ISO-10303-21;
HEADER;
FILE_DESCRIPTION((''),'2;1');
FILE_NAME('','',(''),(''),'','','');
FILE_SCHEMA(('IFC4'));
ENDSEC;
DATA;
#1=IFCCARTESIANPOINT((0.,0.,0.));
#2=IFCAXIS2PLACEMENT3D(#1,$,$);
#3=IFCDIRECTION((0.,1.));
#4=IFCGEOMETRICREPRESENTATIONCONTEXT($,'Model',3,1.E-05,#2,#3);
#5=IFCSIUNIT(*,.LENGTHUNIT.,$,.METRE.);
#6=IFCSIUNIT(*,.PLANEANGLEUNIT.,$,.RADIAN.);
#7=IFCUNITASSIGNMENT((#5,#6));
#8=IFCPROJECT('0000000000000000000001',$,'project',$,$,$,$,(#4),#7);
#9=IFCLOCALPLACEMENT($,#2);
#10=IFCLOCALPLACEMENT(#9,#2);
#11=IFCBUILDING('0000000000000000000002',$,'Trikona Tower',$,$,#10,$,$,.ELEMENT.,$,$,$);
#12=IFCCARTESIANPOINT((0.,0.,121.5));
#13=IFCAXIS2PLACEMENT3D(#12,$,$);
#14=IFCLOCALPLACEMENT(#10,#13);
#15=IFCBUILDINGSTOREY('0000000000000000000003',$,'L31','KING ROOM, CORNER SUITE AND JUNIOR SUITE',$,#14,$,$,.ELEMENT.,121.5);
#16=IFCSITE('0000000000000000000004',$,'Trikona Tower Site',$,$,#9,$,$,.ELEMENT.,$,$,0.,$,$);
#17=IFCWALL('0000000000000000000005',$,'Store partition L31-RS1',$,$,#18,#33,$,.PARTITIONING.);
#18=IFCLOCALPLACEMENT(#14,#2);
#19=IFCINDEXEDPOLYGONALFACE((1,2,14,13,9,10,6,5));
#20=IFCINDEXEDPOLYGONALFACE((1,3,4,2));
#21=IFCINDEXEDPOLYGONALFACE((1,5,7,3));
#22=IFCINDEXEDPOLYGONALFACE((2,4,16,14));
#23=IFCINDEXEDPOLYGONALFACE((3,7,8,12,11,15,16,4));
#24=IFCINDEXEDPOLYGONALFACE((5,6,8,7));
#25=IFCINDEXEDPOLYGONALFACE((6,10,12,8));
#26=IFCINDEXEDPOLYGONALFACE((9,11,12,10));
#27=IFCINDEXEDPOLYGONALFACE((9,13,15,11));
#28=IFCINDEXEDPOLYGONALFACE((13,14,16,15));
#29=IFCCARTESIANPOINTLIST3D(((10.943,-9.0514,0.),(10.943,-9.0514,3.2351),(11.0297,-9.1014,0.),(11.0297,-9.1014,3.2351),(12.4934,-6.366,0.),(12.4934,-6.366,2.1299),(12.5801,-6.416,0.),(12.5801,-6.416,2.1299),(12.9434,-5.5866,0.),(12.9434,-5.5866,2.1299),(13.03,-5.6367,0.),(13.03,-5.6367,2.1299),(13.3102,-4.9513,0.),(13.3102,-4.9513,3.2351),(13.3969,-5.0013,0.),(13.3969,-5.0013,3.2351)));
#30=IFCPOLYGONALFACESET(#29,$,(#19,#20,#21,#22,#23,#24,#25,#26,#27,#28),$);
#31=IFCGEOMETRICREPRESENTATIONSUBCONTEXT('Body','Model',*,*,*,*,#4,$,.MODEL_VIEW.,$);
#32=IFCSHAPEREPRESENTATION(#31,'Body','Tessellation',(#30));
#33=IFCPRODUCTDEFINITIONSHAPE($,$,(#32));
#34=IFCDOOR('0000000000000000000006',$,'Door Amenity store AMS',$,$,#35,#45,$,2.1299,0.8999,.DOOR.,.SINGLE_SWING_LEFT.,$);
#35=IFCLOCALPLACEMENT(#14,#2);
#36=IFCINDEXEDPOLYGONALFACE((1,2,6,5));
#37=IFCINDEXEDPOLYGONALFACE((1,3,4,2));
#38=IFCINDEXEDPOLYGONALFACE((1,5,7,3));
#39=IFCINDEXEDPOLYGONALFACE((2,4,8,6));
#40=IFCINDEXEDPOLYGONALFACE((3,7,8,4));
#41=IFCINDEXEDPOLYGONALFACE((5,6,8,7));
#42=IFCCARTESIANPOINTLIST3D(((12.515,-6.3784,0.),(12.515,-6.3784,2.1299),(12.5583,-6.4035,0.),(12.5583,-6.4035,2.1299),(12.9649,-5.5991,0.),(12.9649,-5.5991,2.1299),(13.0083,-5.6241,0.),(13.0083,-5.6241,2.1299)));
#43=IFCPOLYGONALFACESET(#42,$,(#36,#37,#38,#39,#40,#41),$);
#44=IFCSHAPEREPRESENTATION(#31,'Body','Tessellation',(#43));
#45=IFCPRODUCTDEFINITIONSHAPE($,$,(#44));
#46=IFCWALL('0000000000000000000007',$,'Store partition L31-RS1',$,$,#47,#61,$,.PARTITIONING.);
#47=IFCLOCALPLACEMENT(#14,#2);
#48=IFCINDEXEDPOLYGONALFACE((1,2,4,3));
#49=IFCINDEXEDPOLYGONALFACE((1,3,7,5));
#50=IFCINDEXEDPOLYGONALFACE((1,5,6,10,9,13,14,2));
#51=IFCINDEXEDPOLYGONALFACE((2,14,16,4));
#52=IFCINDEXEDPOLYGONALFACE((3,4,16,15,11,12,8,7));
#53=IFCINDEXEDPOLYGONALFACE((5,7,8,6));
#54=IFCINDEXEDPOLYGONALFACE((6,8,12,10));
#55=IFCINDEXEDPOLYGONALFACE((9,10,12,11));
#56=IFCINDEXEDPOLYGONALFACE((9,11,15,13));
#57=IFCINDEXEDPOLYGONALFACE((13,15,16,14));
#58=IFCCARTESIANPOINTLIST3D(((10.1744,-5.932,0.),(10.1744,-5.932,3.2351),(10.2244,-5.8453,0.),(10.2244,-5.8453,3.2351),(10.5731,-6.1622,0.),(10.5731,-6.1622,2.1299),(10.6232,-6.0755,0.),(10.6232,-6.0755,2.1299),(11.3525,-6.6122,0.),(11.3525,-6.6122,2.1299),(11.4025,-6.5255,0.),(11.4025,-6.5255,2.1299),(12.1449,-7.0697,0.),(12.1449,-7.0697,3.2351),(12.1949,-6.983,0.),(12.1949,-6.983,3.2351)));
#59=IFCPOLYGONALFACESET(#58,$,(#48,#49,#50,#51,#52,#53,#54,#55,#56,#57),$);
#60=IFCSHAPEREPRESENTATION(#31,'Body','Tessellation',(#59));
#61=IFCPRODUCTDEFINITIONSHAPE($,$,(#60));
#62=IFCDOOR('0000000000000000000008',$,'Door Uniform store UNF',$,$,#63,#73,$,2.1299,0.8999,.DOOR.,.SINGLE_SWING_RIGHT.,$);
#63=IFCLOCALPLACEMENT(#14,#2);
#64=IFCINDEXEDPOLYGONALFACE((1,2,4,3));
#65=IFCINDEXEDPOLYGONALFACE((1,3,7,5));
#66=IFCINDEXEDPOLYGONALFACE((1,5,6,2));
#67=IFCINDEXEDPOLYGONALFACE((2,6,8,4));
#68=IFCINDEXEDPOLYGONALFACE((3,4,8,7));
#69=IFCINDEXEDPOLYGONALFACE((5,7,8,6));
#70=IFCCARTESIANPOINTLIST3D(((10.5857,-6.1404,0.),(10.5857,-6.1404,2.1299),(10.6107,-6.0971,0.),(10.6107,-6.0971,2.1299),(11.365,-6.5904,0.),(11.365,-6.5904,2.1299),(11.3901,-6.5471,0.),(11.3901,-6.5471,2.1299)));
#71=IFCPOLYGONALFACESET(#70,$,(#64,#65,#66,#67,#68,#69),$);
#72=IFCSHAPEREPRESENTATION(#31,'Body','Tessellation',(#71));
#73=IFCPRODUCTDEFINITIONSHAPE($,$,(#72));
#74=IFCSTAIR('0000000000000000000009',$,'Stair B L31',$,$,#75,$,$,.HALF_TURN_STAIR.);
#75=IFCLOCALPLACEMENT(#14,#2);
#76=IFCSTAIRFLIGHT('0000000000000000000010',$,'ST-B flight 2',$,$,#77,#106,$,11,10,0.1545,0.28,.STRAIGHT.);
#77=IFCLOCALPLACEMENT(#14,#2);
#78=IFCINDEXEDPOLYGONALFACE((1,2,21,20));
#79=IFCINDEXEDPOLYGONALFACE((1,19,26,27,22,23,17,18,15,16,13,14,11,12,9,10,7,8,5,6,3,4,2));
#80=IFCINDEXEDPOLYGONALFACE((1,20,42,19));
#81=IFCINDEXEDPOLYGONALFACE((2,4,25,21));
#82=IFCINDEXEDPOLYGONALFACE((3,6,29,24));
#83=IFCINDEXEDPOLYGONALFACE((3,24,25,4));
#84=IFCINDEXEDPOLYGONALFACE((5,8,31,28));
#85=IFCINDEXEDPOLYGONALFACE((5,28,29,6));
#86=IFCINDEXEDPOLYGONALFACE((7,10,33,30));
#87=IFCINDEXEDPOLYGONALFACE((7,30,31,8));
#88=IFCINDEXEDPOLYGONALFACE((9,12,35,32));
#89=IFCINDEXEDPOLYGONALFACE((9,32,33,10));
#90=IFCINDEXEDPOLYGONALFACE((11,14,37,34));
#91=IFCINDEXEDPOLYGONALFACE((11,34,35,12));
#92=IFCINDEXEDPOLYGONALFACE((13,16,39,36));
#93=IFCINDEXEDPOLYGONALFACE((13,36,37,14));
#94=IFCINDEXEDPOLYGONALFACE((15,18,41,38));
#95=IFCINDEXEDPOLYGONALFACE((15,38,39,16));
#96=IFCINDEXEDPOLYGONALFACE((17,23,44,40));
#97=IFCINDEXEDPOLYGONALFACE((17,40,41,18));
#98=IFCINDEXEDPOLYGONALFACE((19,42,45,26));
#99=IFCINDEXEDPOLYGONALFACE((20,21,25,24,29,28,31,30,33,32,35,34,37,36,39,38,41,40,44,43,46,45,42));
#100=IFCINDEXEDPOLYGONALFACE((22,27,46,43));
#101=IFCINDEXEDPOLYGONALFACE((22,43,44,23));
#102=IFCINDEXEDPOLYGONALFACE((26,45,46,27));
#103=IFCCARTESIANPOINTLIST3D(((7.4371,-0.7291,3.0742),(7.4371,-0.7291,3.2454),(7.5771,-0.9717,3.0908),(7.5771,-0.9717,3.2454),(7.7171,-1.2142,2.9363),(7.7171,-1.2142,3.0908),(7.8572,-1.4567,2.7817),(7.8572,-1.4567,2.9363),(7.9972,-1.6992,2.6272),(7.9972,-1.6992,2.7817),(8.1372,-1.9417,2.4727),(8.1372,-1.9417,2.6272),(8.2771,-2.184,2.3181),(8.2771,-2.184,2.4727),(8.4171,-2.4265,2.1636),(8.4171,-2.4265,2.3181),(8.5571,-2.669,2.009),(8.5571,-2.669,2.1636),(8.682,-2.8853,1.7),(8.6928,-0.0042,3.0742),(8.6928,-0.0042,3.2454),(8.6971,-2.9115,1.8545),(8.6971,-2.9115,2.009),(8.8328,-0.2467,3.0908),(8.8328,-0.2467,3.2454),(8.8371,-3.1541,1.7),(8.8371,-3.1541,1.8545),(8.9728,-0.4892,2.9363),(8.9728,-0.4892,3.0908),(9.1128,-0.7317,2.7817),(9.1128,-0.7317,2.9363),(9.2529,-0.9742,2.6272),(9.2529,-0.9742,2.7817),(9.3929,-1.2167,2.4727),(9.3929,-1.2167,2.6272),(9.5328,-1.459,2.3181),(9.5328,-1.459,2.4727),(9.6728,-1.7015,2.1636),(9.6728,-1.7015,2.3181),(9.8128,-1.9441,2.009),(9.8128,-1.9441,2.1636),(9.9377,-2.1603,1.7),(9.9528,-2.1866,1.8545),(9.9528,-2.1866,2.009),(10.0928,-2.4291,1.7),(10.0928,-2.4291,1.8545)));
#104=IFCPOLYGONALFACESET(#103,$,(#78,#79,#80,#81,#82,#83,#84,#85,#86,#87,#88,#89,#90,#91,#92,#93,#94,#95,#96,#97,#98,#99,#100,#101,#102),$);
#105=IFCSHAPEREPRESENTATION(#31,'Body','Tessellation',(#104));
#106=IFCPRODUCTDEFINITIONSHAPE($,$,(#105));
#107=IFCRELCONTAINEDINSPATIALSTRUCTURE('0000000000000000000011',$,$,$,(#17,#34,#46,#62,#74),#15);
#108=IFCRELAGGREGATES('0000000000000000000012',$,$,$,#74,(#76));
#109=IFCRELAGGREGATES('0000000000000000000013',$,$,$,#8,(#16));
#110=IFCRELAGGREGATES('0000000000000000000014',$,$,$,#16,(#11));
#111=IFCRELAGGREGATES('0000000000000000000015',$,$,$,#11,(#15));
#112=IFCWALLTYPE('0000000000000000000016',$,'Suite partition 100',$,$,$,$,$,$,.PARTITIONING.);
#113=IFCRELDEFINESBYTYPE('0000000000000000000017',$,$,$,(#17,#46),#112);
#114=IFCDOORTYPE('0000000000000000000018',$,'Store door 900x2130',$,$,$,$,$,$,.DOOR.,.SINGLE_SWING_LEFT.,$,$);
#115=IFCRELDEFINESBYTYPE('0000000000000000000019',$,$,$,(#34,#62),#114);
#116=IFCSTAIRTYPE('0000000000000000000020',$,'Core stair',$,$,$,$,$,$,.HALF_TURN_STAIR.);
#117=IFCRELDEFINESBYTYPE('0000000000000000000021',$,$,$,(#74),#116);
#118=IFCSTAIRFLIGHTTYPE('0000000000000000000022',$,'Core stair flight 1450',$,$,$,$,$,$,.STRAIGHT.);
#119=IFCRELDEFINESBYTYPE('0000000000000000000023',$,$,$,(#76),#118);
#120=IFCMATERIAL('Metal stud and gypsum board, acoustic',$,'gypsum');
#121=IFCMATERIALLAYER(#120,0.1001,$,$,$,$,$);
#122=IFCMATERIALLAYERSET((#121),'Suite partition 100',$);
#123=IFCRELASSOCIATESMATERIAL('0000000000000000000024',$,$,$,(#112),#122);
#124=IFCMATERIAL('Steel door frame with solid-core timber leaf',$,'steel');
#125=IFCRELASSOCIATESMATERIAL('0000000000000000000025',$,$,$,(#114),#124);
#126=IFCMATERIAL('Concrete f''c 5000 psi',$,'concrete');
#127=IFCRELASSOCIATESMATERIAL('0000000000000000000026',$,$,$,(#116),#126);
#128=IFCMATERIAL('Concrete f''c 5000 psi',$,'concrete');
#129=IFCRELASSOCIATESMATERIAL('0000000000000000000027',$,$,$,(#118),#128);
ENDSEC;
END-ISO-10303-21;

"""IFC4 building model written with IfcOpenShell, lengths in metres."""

from ifc_helpers import new_model, si_unit, direction, frame, frame_2d, origin, place, context, subcontext, project, spatial, polyline, rectangle, outline, extrude, material, layer, layer_set, type_object, element, fill, aggregate, save


model = new_model("IFC4")

# Units and contexts
model_context = context("Model", 3, precision=1e-05, world=origin(), true_north=direction((0.0, 1.0)))
body_context = subcontext(model_context, "Body", "Model", "MODEL_VIEW")
ifc_project = project(units=[si_unit("LENGTHUNIT", "METRE"), si_unit("PLANEANGLEUNIT", "RADIAN")], contexts=[model_context])

# Site, building, storey
site_placement = place(None, origin())
site = spatial("IfcSite", under=ifc_project, at=site_placement, Name="Trikona Tower Site", CompositionType="ELEMENT", RefElevation=0.0)
building_placement = place(site_placement, origin())
building = spatial("IfcBuilding", under=site, at=building_placement, Name="Trikona Tower", CompositionType="ELEMENT")
storey_placement = place(building_placement, frame((0.0, 0.0, 121.5)))
storey = spatial("IfcBuildingStorey", under=building, at=storey_placement, Name="L31", Description="KING ROOM, CORNER SUITE AND JUNIOR SUITE", CompositionType="ELEMENT", Elevation=121.5)

# Walls, openings, doors
ifc_material_1 = material(Name="Metal stud and gypsum board, acoustic", Category="gypsum")
ifc_layer_1 = layer(ifc_material_1, 0.1001)
ifc_layer_set_1 = layer_set([ifc_layer_1], Name="Suite partition 100")
wall_type_1 = type_object("IfcWallType", Name="Suite partition 100", PredefinedType="PARTITIONING", material=ifc_layer_set_1)
wall_1_placement = place(storey_placement, frame((13.3535, -4.9763, 0.0), z_axis=(0.0, 0.0, 1.0), x_axis=(-0.499999, -0.866026, 0.0)))
wall_1 = element("IfcWall", 1, at=wall_1_placement, inside=storey, type_object=wall_type_1, Name="Store partition L31-RS1", PredefinedType="PARTITIONING", context=body_context, shape_type="SweptSolid", body=[
    extrude(rectangle(XDim=4.7344, YDim=0.1001, at=frame_2d((2.3672, 0.0))), origin(), (0.0, 0.0, 1.0), 3.2351),
])
opening_1_placement = place(wall_1_placement, frame((0.7336, 0.0, 0.0)))
opening_1 = element("IfcOpeningElement", 2, at=opening_1_placement, cuts=wall_1, PredefinedType="OPENING", context=body_context, shape_type="SweptSolid", body=[
    extrude(rectangle(XDim=0.8999, YDim=2.1299, at=frame_2d((0.45, 1.0649))), frame((0.0, 0.0601, 0.0), z_axis=(0.0, -1.0, 0.0), x_axis=(1.0, 0.0, 0.0)), (0.0, 0.0, 1.0), 0.1201),
])
ifc_material_2 = material(Name="Steel door frame with solid-core timber leaf", Category="steel")
door_type_1 = type_object("IfcDoorType", Name="Store door 900x2130", OperationType="SINGLE_SWING_LEFT", PredefinedType="DOOR", material=ifc_material_2)
door_1_placement = place(opening_1_placement, origin())
door_1 = element("IfcDoor", 3, at=door_1_placement, inside=storey, type_object=door_type_1, Name="Door Amenity store AMS", OperationType="SINGLE_SWING_LEFT", OverallHeight=2.1299, OverallWidth=0.8999, PredefinedType="DOOR", context=body_context, shape_type="SweptSolid", body=[
    extrude(rectangle(XDim=0.8999, YDim=2.1299, at=frame_2d((0.45, 1.0649))), frame((0.0, 0.0249, 0.0), z_axis=(0.0, -1.0, 0.0), x_axis=(1.0, 0.0, 0.0)), (0.0, 0.0, 1.0), 0.05),
])
fill(opening_1, door_1)
wall_2_placement = place(storey_placement, frame((12.1699, -7.0264, 0.0), z_axis=(0.0, 0.0, 1.0), x_axis=(-0.866016, 0.500017, 0.0)))
wall_2 = element("IfcWall", 4, at=wall_2_placement, inside=storey, type_object=wall_type_1, Name="Store partition L31-RS1", PredefinedType="PARTITIONING", context=body_context, shape_type="SweptSolid", body=[
    extrude(rectangle(XDim=2.2754, YDim=0.1001, at=frame_2d((1.1377, 0.0))), origin(), (0.0, 0.0, 1.0), 3.2351),
])
opening_2_placement = place(wall_2_placement, frame((0.915, 0.0, 0.0)))
opening_2 = element("IfcOpeningElement", 5, at=opening_2_placement, cuts=wall_2, PredefinedType="OPENING", context=body_context, shape_type="SweptSolid", body=[
    extrude(rectangle(XDim=0.8999, YDim=2.1299, at=frame_2d((0.45, 1.0649))), frame((0.0, 0.0601, 0.0), z_axis=(0.0, -1.0, 0.0), x_axis=(1.0, 0.0, 0.0)), (0.0, 0.0, 1.0), 0.1201),
])
door_2_placement = place(opening_2_placement, origin())
door_2 = element("IfcDoor", 6, at=door_2_placement, inside=storey, type_object=door_type_1, Name="Door Uniform store UNF", OperationType="SINGLE_SWING_RIGHT", OverallHeight=2.1299, OverallWidth=0.8999, PredefinedType="DOOR", context=body_context, shape_type="SweptSolid", body=[
    extrude(rectangle(XDim=0.8999, YDim=2.1299, at=frame_2d((0.45, 1.0649))), frame((0.0, 0.0249, 0.0), z_axis=(0.0, -1.0, 0.0), x_axis=(1.0, 0.0, 0.0)), (0.0, 0.0, 1.0), 0.05),
])
fill(opening_2, door_2)

# Stair, stair flight
ifc_material_3 = material(Name="Concrete f'c 5000 psi", Category="concrete")
stair_type = type_object("IfcStairType", Name="Core stair", PredefinedType="HALF_TURN_STAIR", material=ifc_material_3)
stair_placement = place(storey_placement, origin())
stair = element("IfcStair", 7, at=stair_placement, inside=storey, type_object=stair_type, Name="Stair B L31", PredefinedType="HALF_TURN_STAIR")
ifc_material_4 = material(Name="Concrete f'c 5000 psi", Category="concrete")
stair_flight_type = type_object("IfcStairFlightType", Name="Core stair flight 1450", PredefinedType="STRAIGHT", material=ifc_material_4)
stair_flight_placement = place(storey_placement, frame((9.4651, -2.7915, 1.7), z_axis=(0.0, 0.0, 1.0), x_axis=(-0.5, 0.866025, 0.0)))
stair_flight = element("IfcStairFlight", 8, at=stair_flight_placement, type_object=stair_flight_type, Name="ST-B flight 2", NumberOfRisers=11, NumberOfTreads=10, PredefinedType="STRAIGHT", RiserHeight=0.1545, TreadLength=0.28, context=body_context, shape_type="SweptSolid", body=[
    extrude(outline(polyline([(0.0, 0.0), (0.0, 0.1545), (0.28, 0.1545), (0.28, 0.3091), (0.5601, 0.3091), (0.5601, 0.4636), (0.8401, 0.4636), (0.8401, 0.6182), (1.1201, 0.6182), (1.1201, 0.7727), (1.3999, 0.7727), (1.3999, 0.9272), (1.6799, 0.9272), (1.6799, 1.0818), (1.96, 1.0818), (1.96, 1.2363), (2.24, 1.2363), (2.24, 1.3909), (2.52, 1.3909), (2.52, 1.5454), (2.8, 1.5454), (2.8, 1.7), (2.8, 1.3743), (0.3103, 0.0), (0.0, 0.0)])), frame((0.0, 0.7251, 0.0), z_axis=(0.0, -1.0, 0.0), x_axis=(1.0, 0.0, 0.0)), (0.0, 0.0, 1.0), 1.45),
])
aggregate(stair, [stair_flight])

save(model, "model.ifc")
